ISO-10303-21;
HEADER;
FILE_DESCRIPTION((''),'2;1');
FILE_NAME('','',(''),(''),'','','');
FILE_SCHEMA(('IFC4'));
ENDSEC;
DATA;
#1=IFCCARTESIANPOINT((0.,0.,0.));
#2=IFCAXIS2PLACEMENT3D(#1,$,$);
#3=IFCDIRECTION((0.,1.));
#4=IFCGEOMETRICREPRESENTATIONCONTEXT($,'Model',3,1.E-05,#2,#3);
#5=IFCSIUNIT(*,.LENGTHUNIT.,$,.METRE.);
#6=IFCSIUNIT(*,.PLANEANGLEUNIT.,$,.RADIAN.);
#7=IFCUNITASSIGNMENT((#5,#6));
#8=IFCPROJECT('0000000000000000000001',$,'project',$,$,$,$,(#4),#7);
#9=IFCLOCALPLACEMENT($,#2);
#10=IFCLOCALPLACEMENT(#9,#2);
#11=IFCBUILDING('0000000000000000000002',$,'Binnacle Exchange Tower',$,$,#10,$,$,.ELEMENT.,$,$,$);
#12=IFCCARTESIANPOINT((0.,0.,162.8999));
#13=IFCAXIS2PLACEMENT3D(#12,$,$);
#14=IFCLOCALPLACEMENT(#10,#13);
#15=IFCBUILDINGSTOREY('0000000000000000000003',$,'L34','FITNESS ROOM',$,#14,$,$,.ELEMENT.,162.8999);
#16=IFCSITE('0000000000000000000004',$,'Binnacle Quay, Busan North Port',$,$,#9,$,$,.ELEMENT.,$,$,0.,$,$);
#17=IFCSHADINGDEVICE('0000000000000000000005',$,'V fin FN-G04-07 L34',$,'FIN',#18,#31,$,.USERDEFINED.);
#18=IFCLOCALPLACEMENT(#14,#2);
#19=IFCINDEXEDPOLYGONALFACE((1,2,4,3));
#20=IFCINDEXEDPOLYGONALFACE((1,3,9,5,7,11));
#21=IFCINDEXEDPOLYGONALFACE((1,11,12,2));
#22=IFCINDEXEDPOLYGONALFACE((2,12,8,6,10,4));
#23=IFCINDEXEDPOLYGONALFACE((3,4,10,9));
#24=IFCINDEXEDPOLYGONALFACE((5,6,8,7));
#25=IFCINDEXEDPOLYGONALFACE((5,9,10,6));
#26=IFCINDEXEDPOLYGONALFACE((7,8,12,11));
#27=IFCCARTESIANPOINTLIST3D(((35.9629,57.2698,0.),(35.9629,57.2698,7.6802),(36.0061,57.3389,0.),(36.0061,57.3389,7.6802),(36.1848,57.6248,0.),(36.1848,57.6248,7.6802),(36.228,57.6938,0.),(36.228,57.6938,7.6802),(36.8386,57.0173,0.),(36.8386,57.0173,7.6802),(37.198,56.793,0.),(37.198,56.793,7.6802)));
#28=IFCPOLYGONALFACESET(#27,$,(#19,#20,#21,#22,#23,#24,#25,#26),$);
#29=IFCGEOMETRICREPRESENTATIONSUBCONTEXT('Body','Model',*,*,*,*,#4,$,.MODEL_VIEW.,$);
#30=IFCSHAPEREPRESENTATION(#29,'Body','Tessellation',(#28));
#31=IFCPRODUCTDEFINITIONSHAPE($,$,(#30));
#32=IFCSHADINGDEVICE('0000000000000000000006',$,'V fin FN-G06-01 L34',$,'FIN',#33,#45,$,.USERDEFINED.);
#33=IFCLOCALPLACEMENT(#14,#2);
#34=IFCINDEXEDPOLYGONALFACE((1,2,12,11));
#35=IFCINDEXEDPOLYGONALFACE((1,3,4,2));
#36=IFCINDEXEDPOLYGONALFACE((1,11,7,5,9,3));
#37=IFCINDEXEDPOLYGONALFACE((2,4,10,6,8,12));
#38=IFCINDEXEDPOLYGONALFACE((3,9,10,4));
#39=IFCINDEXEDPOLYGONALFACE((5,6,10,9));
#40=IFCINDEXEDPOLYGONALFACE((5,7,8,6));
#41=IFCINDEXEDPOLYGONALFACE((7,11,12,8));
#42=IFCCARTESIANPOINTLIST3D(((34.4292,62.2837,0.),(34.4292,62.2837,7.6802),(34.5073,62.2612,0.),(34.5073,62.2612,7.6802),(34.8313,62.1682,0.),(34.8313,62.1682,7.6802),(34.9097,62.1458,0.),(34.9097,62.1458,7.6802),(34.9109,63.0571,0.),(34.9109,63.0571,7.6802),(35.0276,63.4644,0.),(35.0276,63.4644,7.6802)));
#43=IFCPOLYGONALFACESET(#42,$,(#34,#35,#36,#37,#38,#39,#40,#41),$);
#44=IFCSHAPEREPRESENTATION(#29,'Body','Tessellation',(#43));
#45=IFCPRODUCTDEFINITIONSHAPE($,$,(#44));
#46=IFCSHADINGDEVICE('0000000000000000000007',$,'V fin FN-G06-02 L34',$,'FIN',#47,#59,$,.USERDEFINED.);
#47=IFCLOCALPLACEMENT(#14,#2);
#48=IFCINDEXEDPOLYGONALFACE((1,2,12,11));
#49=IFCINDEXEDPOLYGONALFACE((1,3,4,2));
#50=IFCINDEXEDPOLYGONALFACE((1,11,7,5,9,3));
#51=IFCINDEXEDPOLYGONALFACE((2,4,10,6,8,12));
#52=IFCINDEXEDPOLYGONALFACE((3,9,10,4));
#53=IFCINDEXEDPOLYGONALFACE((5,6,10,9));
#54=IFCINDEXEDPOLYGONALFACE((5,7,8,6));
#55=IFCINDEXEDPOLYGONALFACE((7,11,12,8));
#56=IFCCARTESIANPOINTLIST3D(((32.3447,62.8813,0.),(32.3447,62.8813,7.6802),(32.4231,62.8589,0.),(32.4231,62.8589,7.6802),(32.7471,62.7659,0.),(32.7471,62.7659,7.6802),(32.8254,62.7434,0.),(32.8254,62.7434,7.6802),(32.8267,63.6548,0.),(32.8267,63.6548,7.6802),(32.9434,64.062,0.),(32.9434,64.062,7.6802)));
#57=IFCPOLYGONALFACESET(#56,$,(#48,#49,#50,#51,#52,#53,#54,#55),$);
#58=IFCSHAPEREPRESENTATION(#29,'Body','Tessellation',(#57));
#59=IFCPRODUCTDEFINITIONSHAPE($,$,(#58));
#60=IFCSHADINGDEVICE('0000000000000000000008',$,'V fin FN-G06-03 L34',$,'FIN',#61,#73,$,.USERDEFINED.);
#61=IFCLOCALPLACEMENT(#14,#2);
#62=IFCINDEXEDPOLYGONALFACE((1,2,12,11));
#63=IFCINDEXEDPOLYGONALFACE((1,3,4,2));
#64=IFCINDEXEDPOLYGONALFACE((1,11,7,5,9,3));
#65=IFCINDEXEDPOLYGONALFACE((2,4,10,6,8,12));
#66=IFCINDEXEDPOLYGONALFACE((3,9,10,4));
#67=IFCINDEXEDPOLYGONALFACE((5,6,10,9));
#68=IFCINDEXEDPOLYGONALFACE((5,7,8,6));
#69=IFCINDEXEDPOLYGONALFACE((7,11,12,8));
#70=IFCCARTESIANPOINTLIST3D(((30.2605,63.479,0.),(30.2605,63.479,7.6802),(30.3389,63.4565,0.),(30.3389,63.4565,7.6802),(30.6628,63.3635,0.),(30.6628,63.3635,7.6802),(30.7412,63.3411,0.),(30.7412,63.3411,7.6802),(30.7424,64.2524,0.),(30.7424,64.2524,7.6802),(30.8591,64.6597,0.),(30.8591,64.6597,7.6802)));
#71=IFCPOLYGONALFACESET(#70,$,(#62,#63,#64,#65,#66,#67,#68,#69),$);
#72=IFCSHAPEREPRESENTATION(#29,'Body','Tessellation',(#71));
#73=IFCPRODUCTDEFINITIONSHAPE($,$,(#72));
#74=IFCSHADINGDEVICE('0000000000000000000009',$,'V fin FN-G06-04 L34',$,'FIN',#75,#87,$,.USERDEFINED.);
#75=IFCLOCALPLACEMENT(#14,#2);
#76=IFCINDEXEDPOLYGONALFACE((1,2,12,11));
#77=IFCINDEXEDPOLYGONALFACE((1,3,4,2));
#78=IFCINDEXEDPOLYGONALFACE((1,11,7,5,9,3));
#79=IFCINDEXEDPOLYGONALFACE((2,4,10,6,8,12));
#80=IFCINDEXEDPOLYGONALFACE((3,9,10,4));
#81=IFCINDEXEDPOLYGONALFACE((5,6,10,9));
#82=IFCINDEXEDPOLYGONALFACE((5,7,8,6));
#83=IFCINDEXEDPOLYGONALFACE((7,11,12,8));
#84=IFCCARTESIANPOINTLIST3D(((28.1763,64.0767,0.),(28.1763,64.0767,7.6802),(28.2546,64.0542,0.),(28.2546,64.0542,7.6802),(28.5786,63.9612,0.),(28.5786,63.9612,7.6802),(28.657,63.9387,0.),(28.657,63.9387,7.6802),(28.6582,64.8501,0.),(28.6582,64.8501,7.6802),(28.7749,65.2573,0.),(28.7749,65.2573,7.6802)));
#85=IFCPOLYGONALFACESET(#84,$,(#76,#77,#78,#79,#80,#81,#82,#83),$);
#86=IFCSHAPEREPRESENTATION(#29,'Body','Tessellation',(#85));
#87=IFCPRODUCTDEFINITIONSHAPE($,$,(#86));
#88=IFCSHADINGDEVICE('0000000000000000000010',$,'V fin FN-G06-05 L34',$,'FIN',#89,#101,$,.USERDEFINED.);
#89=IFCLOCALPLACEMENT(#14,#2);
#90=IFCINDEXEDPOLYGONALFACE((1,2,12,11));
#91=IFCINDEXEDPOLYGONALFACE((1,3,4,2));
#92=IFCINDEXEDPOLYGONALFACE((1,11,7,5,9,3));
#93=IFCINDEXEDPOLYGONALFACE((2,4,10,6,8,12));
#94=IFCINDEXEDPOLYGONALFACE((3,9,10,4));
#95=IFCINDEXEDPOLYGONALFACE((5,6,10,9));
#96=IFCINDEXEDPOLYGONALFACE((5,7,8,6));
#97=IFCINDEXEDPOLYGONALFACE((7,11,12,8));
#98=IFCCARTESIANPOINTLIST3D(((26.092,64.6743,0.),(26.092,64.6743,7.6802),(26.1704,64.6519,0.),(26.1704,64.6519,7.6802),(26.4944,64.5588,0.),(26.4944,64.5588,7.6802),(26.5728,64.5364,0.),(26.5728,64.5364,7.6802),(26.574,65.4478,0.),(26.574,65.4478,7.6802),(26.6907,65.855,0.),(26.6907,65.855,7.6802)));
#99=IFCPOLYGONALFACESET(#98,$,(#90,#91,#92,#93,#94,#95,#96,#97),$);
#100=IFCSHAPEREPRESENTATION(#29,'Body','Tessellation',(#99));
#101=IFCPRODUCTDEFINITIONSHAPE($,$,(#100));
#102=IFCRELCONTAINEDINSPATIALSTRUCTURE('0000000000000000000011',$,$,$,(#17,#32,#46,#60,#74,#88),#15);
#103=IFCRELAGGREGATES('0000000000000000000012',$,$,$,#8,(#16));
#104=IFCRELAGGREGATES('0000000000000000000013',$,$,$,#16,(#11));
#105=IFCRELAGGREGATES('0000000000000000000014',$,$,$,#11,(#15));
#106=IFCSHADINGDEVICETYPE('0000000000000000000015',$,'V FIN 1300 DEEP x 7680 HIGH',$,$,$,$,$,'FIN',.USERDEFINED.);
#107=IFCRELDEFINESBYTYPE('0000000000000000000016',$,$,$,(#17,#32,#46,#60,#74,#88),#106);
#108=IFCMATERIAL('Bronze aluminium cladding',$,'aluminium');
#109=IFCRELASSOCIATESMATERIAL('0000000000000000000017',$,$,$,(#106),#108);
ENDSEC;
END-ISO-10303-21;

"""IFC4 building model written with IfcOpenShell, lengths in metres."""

from ifc_helpers import new_model, si_unit, direction, frame, origin, place, context, subcontext, project, spatial, polyline, outline, extrude, material, type_object, element, save


model = new_model("IFC4")

# Units and contexts
model_context = context("Model", 3, precision=1e-05, world=origin(), true_north=direction((0.0, 1.0)))
body_context = subcontext(model_context, "Body", "Model", "MODEL_VIEW")
ifc_project = project(units=[si_unit("LENGTHUNIT", "METRE"), si_unit("PLANEANGLEUNIT", "RADIAN")], contexts=[model_context])

# Site, building, storey
site_placement = place(None, origin())
site = spatial("IfcSite", under=ifc_project, at=site_placement, Name="Binnacle Quay, Busan North Port", CompositionType="ELEMENT", RefElevation=0.0)
building_placement = place(site_placement, origin())
building = spatial("IfcBuilding", under=site, at=building_placement, Name="Binnacle Exchange Tower", CompositionType="ELEMENT")
storey_placement = place(building_placement, frame((0.0, 0.0, 162.8999)))
storey = spatial("IfcBuildingStorey", under=building, at=storey_placement, Name="L34", Description="FITNESS ROOM", CompositionType="ELEMENT", Elevation=162.8999)

# Shading devices
ifc_material_1 = material(Name="Bronze aluminium cladding", Category="aluminium")
shading_device_type_1 = type_object("IfcShadingDeviceType", Name="V FIN 1300 DEEP x 7680 HIGH", ElementType="FIN", PredefinedType="USERDEFINED", material=ifc_material_1)
shading_device_1_placement = place(storey_placement, origin())
element("IfcShadingDevice", 1, at=shading_device_1_placement, inside=storey, type_object=shading_device_type_1, Name="V fin FN-G04-07 L34", ObjectType="FIN", PredefinedType="USERDEFINED", context=body_context, shape_type="SweptSolid", body=[
    extrude(outline(polyline([(35.9629, 57.2698), (37.198, 56.793), (36.228, 57.6938), (36.1848, 57.6248), (36.8386, 57.0173), (36.0061, 57.3389), (35.9629, 57.2698)])), origin(), (0.0, 0.0, 1.0), 7.6802),
])
shading_device_2_placement = place(storey_placement, origin())
element("IfcShadingDevice", 2, at=shading_device_2_placement, inside=storey, type_object=shading_device_type_1, Name="V fin FN-G06-01 L34", ObjectType="FIN", PredefinedType="USERDEFINED", context=body_context, shape_type="SweptSolid", body=[
    extrude(outline(polyline([(34.9097, 62.1458), (35.0276, 63.4644), (34.4292, 62.2837), (34.5073, 62.2612), (34.9109, 63.0571), (34.8313, 62.1682), (34.9097, 62.1458)])), origin(), (0.0, 0.0, 1.0), 7.6802),
])
shading_device_3_placement = place(storey_placement, origin())
element("IfcShadingDevice", 3, at=shading_device_3_placement, inside=storey, type_object=shading_device_type_1, Name="V fin FN-G06-02 L34", ObjectType="FIN", PredefinedType="USERDEFINED", context=body_context, shape_type="SweptSolid", body=[
    extrude(outline(polyline([(32.8254, 62.7434), (32.9434, 64.062), (32.3447, 62.8813), (32.4231, 62.8589), (32.8267, 63.6548), (32.7471, 62.7659), (32.8254, 62.7434)])), origin(), (0.0, 0.0, 1.0), 7.6802),
])
shading_device_4_placement = place(storey_placement, origin())
element("IfcShadingDevice", 4, at=shading_device_4_placement, inside=storey, type_object=shading_device_type_1, Name="V fin FN-G06-03 L34", ObjectType="FIN", PredefinedType="USERDEFINED", context=body_context, shape_type="SweptSolid", body=[
    extrude(outline(polyline([(30.7412, 63.3411), (30.8591, 64.6597), (30.2605, 63.479), (30.3389, 63.4565), (30.7424, 64.2524), (30.6628, 63.3635), (30.7412, 63.3411)])), origin(), (0.0, 0.0, 1.0), 7.6802),
])
shading_device_5_placement = place(storey_placement, origin())
element("IfcShadingDevice", 5, at=shading_device_5_placement, inside=storey, type_object=shading_device_type_1, Name="V fin FN-G06-04 L34", ObjectType="FIN", PredefinedType="USERDEFINED", context=body_context, shape_type="SweptSolid", body=[
    extrude(outline(polyline([(28.657, 63.9387), (28.7749, 65.2573), (28.1763, 64.0767), (28.2546, 64.0542), (28.6582, 64.8501), (28.5786, 63.9612), (28.657, 63.9387)])), origin(), (0.0, 0.0, 1.0), 7.6802),
])
shading_device_6_placement = place(storey_placement, origin())
element("IfcShadingDevice", 6, at=shading_device_6_placement, inside=storey, type_object=shading_device_type_1, Name="V fin FN-G06-05 L34", ObjectType="FIN", PredefinedType="USERDEFINED", context=body_context, shape_type="SweptSolid", body=[
    extrude(outline(polyline([(26.5728, 64.5364), (26.6907, 65.855), (26.092, 64.6743), (26.1704, 64.6519), (26.574, 65.4478), (26.4944, 64.5588), (26.5728, 64.5364)])), origin(), (0.0, 0.0, 1.0), 7.6802),
])

save(model, "model.ifc")
